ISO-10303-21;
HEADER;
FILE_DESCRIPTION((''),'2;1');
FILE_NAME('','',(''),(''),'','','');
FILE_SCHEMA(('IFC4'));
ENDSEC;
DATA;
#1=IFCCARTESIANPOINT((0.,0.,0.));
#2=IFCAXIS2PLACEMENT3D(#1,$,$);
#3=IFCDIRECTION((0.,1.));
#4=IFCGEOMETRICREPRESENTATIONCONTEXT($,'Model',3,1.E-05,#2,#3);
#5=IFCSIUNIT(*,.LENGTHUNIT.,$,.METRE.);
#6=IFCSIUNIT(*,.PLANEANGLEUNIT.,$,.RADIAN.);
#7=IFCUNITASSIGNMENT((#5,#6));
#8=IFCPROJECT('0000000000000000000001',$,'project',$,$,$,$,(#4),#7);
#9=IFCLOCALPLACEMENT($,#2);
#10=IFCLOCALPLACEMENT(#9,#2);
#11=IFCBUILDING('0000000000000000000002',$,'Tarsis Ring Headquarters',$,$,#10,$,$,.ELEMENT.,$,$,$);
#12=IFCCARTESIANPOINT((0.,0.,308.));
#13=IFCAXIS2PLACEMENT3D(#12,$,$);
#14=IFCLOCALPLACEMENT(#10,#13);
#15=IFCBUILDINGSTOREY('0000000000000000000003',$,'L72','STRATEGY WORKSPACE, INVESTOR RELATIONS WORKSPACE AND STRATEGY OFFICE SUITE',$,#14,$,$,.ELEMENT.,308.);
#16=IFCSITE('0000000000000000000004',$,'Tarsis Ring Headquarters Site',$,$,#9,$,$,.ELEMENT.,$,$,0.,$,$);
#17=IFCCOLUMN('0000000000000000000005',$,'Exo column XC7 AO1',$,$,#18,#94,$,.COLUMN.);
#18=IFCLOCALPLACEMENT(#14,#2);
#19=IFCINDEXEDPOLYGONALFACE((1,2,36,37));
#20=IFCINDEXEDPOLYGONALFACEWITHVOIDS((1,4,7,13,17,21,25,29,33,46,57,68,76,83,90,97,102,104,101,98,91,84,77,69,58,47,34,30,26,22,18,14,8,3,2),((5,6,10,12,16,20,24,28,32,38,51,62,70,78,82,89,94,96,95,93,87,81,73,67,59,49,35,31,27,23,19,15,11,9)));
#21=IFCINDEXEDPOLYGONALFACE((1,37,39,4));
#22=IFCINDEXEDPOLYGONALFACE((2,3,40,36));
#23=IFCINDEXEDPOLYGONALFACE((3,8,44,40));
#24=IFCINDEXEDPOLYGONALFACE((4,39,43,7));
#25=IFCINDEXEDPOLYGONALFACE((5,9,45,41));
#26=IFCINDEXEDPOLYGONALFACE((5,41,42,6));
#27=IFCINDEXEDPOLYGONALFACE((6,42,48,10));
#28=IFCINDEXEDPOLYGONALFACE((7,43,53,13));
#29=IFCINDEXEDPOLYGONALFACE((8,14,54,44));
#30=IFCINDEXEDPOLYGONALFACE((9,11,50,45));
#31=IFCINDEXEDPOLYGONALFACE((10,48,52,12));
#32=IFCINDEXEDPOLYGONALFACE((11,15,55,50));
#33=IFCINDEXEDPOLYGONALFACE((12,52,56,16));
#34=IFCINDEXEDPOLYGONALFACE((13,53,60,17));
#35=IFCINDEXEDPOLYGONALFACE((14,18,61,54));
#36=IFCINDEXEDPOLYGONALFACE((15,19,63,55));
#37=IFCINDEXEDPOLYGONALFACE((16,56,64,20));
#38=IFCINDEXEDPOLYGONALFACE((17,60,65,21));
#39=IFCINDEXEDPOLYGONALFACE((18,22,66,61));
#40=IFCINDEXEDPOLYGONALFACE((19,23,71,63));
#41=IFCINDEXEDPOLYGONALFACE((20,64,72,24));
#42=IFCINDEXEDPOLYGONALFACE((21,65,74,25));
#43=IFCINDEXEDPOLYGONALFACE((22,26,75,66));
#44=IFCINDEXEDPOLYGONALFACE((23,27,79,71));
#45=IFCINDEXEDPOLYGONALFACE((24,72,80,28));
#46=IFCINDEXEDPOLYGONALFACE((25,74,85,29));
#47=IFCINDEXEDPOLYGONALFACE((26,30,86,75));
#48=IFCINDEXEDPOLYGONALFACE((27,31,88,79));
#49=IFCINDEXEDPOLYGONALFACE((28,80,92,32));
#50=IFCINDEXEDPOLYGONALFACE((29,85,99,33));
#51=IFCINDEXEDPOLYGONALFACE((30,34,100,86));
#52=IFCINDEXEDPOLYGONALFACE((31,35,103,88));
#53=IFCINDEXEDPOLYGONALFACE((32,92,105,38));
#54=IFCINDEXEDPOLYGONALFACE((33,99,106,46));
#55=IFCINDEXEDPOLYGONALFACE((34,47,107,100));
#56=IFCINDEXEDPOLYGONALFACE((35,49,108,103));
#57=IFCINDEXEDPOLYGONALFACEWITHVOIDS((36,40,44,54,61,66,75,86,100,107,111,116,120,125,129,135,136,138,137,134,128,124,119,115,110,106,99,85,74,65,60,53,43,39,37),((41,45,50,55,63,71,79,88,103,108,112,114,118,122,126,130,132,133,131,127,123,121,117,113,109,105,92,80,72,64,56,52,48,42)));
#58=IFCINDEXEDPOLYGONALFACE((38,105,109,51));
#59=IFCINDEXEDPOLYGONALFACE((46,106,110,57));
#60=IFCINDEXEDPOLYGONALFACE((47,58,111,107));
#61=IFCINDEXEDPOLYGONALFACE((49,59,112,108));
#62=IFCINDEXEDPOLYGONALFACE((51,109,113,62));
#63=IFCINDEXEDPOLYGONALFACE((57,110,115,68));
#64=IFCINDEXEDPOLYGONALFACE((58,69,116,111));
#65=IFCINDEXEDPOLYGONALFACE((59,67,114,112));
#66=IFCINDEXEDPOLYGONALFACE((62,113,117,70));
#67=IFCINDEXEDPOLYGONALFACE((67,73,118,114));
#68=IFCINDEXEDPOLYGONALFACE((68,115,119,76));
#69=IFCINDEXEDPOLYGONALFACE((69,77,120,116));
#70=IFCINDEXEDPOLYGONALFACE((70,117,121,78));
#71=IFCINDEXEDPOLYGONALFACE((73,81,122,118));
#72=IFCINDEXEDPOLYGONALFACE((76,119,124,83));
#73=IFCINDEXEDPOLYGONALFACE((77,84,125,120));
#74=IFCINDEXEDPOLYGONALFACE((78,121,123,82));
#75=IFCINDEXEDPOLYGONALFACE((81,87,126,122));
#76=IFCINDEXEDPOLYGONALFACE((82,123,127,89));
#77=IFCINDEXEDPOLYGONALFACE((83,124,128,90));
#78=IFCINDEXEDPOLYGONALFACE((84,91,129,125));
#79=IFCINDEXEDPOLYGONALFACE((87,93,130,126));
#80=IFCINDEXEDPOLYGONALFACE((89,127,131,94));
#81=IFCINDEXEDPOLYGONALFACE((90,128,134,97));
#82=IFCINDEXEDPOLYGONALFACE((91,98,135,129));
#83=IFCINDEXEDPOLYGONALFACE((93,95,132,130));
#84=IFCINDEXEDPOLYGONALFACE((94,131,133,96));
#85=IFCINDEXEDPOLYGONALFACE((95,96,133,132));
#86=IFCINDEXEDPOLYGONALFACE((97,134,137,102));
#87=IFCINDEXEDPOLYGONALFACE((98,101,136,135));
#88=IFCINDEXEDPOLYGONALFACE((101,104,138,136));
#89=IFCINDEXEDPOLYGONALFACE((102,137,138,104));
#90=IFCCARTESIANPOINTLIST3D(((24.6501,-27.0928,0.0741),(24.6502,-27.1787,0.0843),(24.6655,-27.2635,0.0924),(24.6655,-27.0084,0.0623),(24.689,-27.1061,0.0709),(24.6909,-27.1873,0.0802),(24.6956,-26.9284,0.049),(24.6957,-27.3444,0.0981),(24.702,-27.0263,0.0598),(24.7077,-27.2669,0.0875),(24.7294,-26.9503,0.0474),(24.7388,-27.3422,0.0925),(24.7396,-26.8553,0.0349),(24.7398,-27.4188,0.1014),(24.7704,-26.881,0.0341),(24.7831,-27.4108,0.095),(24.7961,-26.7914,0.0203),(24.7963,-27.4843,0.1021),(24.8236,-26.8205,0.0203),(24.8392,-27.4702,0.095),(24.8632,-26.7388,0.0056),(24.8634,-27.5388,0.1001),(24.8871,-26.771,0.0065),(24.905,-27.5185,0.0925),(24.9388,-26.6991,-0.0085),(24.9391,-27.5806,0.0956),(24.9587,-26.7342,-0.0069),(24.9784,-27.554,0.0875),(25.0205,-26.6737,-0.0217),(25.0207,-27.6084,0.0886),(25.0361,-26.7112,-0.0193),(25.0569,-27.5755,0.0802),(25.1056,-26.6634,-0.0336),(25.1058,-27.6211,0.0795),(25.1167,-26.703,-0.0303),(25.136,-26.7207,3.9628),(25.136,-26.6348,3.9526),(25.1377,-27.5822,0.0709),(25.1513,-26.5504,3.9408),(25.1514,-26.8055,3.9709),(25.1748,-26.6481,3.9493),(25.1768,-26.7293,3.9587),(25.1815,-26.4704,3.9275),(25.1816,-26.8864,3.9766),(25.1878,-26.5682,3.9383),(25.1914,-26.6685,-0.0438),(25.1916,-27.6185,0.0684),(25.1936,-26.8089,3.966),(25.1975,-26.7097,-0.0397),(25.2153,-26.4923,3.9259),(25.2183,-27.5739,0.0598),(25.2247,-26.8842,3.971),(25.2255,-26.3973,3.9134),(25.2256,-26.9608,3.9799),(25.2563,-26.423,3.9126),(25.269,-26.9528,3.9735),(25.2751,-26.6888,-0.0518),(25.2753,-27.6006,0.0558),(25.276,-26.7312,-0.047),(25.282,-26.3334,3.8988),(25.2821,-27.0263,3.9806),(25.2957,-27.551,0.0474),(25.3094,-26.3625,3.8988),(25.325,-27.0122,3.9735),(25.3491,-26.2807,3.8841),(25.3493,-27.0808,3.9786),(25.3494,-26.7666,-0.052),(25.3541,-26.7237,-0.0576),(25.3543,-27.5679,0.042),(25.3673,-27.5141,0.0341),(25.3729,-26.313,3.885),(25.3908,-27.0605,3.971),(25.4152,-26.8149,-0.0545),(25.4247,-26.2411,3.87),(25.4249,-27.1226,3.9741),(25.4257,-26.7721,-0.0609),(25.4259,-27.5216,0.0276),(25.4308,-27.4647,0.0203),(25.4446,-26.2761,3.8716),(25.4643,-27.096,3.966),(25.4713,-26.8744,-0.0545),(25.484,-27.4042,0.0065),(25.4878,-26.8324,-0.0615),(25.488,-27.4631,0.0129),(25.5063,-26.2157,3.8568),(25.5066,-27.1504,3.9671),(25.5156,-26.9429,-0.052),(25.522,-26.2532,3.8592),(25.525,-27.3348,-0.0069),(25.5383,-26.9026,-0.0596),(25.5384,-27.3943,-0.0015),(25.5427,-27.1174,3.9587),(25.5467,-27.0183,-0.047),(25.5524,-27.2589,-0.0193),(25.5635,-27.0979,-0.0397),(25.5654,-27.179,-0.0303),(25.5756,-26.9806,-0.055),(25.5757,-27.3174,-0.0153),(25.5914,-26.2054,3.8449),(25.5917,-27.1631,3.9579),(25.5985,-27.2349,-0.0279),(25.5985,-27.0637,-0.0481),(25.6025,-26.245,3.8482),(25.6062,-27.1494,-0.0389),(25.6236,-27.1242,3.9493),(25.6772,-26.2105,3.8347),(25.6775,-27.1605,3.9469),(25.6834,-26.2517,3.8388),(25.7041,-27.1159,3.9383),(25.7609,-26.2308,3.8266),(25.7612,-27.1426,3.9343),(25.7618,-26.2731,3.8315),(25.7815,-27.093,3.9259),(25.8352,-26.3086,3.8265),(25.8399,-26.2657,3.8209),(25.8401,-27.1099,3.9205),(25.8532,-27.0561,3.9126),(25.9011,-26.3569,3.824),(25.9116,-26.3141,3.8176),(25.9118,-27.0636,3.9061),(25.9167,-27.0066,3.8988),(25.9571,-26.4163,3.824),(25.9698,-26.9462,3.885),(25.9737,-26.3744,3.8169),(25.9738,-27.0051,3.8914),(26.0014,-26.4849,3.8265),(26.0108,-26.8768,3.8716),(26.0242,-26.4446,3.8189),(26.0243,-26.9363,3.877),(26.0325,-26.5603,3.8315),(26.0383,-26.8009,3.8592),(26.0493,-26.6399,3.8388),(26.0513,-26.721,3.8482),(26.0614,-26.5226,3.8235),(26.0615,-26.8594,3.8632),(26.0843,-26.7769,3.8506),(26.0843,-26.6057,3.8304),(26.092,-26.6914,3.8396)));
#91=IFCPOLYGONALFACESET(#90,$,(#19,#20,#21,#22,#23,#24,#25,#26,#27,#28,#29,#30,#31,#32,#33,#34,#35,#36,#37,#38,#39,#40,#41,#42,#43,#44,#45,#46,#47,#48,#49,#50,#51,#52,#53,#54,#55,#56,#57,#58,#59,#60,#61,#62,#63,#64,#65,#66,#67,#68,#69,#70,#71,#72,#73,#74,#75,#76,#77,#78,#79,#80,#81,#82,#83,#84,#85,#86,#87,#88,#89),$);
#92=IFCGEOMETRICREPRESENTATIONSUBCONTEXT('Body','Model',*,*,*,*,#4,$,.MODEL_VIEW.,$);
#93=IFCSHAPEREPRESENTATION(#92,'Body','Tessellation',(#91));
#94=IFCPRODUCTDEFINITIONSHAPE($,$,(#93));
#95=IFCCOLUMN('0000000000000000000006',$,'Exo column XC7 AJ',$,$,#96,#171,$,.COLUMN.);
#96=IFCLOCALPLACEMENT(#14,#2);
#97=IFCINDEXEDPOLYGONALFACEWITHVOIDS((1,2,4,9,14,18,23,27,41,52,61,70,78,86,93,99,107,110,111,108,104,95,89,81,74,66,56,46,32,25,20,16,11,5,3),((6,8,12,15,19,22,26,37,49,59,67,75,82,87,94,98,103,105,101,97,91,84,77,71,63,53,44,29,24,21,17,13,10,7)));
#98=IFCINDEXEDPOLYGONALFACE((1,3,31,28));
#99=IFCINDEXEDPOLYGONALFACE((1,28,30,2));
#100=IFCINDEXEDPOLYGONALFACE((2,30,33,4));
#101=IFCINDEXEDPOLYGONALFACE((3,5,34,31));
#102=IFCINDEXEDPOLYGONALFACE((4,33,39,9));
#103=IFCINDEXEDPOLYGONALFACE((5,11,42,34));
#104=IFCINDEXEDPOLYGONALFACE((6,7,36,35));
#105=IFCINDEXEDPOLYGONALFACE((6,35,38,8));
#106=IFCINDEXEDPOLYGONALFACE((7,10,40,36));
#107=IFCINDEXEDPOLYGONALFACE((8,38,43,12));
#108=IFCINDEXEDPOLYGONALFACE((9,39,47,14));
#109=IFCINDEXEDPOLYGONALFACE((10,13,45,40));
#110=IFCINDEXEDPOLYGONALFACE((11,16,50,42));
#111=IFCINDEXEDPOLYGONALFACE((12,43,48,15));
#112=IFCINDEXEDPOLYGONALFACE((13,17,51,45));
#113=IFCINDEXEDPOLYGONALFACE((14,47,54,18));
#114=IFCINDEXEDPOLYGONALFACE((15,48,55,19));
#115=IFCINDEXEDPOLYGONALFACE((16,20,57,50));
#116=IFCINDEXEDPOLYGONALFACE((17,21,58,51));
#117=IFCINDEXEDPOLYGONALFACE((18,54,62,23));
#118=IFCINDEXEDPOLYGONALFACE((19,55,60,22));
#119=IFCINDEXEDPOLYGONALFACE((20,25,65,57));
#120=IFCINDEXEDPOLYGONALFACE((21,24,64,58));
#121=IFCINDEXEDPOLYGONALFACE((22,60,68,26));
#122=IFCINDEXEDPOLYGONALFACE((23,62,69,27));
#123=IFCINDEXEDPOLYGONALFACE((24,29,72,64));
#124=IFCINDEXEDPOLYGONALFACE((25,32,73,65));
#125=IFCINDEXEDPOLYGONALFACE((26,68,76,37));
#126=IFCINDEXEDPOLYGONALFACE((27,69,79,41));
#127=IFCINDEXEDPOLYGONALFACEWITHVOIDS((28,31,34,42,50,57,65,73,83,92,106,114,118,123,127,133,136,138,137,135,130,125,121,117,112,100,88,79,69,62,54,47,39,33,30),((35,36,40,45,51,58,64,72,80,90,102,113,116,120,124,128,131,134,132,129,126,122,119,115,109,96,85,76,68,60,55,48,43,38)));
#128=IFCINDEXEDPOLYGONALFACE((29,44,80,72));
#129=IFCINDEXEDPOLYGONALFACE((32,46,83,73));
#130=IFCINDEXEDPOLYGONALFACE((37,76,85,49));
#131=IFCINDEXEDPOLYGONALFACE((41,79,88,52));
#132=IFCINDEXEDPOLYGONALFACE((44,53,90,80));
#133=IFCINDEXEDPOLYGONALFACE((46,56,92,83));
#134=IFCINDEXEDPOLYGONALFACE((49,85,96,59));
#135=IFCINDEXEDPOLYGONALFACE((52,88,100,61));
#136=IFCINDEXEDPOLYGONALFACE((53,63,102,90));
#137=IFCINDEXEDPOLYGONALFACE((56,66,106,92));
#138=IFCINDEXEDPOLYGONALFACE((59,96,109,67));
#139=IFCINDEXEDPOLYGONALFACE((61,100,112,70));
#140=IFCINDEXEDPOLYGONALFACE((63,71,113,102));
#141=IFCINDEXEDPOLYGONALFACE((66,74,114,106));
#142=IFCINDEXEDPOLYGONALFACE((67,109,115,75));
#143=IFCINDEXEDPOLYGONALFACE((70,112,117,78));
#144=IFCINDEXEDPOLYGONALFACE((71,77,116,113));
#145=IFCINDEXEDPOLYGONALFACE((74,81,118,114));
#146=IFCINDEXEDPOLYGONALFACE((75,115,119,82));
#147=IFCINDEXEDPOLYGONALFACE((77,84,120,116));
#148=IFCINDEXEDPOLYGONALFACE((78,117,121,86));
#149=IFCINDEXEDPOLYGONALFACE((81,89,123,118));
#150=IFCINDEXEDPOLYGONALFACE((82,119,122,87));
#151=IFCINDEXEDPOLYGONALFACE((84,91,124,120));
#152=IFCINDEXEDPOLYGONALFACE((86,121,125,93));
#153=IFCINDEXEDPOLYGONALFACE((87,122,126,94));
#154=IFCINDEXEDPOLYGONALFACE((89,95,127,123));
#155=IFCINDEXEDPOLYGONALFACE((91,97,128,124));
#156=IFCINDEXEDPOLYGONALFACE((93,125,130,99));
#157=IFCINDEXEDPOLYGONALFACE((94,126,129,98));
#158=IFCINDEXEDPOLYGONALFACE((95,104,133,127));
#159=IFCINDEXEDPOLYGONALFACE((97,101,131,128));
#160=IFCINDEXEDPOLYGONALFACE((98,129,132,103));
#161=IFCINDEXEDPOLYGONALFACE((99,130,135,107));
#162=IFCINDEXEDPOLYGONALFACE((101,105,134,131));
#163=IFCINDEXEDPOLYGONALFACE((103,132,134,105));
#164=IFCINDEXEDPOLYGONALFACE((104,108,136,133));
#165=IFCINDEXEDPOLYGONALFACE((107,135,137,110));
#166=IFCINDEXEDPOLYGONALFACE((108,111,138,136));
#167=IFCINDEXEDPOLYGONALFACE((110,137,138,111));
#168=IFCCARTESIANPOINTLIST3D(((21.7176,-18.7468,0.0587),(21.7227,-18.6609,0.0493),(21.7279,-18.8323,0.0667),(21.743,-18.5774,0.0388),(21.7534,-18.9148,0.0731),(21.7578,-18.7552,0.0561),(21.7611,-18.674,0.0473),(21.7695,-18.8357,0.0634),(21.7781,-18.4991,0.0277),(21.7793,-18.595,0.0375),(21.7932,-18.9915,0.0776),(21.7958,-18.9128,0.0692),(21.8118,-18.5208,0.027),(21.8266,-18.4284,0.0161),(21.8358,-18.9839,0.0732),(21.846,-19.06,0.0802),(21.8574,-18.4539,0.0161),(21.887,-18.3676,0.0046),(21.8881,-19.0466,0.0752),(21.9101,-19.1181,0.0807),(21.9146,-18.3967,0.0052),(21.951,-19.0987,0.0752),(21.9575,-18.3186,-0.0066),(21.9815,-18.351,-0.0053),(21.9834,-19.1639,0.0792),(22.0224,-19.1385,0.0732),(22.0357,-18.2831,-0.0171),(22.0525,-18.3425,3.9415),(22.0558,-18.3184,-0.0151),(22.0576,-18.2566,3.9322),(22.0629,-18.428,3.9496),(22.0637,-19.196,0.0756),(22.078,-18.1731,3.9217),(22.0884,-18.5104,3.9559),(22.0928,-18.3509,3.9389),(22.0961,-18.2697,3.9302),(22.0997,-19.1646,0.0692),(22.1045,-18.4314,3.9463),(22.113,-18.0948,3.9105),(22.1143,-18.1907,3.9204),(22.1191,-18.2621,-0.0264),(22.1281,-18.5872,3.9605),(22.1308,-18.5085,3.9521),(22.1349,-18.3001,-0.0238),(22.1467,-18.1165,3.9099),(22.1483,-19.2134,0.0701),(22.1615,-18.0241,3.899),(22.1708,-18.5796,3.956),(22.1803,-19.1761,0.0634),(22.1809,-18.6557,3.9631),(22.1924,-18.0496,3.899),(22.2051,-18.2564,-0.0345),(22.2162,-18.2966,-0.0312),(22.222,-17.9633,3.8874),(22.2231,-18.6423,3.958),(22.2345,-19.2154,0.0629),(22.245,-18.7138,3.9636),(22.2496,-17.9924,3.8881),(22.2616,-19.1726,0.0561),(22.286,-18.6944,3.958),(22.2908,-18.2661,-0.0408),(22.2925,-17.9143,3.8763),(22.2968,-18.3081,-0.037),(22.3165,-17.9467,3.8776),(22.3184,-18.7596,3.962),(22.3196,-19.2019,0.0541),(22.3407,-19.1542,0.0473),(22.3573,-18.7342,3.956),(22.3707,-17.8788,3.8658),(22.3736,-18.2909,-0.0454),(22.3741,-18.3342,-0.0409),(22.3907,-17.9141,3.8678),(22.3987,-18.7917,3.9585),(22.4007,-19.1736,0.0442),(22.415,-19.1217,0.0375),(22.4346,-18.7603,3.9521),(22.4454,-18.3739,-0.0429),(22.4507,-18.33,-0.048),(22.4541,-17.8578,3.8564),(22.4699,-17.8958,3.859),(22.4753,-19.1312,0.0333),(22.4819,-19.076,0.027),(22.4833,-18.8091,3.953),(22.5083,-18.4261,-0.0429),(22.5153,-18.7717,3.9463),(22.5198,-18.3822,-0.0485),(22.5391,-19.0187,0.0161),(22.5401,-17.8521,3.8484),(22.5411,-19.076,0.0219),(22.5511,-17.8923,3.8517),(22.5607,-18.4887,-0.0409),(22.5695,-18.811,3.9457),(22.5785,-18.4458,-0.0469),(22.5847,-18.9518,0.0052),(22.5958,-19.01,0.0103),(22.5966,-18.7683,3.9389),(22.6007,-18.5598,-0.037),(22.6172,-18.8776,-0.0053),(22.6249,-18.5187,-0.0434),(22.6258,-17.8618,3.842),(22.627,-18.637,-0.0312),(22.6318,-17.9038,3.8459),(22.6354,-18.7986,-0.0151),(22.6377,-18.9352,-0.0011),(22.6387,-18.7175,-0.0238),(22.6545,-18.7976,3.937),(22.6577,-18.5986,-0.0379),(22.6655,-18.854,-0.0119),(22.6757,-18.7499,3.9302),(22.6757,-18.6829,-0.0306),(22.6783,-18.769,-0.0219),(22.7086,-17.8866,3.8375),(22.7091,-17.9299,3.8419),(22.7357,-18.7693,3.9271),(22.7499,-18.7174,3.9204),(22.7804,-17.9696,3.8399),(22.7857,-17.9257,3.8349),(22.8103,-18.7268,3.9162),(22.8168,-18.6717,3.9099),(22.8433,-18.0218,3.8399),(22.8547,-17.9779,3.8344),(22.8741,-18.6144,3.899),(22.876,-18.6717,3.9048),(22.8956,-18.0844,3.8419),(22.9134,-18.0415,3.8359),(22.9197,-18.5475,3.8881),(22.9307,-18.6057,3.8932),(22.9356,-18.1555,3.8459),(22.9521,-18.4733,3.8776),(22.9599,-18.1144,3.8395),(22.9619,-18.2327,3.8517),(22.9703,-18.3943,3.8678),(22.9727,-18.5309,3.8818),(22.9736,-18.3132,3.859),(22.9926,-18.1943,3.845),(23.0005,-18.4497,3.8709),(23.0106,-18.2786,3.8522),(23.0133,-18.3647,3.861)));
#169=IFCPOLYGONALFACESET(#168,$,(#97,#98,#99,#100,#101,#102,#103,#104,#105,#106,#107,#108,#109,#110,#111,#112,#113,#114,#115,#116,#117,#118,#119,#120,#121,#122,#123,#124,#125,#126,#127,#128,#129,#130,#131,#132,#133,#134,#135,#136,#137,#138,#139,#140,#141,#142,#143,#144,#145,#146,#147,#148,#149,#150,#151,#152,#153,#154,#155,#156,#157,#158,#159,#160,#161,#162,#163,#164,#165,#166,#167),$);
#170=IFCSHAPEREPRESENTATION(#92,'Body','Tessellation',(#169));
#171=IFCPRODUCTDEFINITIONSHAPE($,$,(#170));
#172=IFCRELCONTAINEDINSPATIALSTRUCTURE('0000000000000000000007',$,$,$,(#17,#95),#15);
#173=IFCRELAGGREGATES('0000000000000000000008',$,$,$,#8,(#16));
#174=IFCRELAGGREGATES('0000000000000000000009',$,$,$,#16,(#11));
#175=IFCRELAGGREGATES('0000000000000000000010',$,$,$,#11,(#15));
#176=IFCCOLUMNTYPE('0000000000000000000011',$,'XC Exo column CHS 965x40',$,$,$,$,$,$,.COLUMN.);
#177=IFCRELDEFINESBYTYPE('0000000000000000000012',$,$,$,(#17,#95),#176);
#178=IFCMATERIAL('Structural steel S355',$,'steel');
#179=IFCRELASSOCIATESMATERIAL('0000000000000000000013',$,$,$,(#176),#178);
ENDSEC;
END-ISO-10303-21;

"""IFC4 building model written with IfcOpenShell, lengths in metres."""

from ifc_helpers import new_model, si_unit, direction, frame, origin, origin_2d, place, context, subcontext, project, spatial, hollow_circle, extrude, material, material_profile, profile_set, type_object, element, save


model = new_model("IFC4")

# Units and contexts
model_context = context("Model", 3, precision=1e-05, world=origin(), true_north=direction((0.0, 1.0)))
body_context = subcontext(model_context, "Body", "Model", "MODEL_VIEW")
ifc_project = project(units=[si_unit("LENGTHUNIT", "METRE"), si_unit("PLANEANGLEUNIT", "RADIAN")], contexts=[model_context])

# Site, building, storey
site_placement = place(None, origin())
site = spatial("IfcSite", under=ifc_project, at=site_placement, Name="Tarsis Ring Headquarters Site", CompositionType="ELEMENT", RefElevation=0.0)
building_placement = place(site_placement, origin())
building = spatial("IfcBuilding", under=site, at=building_placement, Name="Tarsis Ring Headquarters", CompositionType="ELEMENT")
storey_placement = place(building_placement, frame((0.0, 0.0, 308.0)))
storey = spatial("IfcBuildingStorey", under=building, at=storey_placement, Name="L72", Description="STRATEGY WORKSPACE, INVESTOR RELATIONS WORKSPACE AND STRATEGY OFFICE SUITE", CompositionType="ELEMENT", Elevation=308.0)

# Columns
ifc_material_1 = material(Name="Structural steel S355", Category="steel")
ifc_material_profile_1 = material_profile(ifc_material_1, hollow_circle(Radius=0.4827, WallThickness=0.04, at=origin_2d()), Name="CHS 965x40")
ifc_profile_set_1 = profile_set([ifc_material_profile_1], Name="Structural steel S355")
column_type = type_object("IfcColumnType", Name="XC Exo column CHS 965x40", PredefinedType="COLUMN", material=ifc_profile_set_1)
column_placement = place(storey_placement, frame((25.1272, -27.1426, 0.0203), z_axis=(0.123451, 0.116379, 0.985503), x_axis=(-0.685958, 0.727642, 0.0)))
element("IfcColumn", 1, at=column_placement, inside=storey, type_object=column_type, Name="Exo column XC7 AO1", PredefinedType="COLUMN", context=body_context, shape_type="SweptSolid", body=[
    extrude(hollow_circle(Radius=0.4827, WallThickness=0.04, at=origin_2d()), origin(), (0.0, 0.0, 1.0), 3.9355),
])
for number, where, z_axis, x_axis, name in (
    (2, (22.1982, -18.7363, 0.0161), (0.08549, 0.103186, 0.990981), (-0.770048, 0.637986, 0.0), "Exo column XC7 AJ"),
):
    element("IfcColumn", number, at=place(storey_placement, frame(where, z_axis=z_axis, x_axis=x_axis)), inside=storey, type_object=column_type, Name=name, PredefinedType="COLUMN", context=body_context, shape_type="SweptSolid", body=[
        extrude(hollow_circle(Radius=0.4827, WallThickness=0.04, at=origin_2d()), origin(), (0.0, 0.0, 1.0), 3.9182),
    ])

save(model, "model.ifc")
